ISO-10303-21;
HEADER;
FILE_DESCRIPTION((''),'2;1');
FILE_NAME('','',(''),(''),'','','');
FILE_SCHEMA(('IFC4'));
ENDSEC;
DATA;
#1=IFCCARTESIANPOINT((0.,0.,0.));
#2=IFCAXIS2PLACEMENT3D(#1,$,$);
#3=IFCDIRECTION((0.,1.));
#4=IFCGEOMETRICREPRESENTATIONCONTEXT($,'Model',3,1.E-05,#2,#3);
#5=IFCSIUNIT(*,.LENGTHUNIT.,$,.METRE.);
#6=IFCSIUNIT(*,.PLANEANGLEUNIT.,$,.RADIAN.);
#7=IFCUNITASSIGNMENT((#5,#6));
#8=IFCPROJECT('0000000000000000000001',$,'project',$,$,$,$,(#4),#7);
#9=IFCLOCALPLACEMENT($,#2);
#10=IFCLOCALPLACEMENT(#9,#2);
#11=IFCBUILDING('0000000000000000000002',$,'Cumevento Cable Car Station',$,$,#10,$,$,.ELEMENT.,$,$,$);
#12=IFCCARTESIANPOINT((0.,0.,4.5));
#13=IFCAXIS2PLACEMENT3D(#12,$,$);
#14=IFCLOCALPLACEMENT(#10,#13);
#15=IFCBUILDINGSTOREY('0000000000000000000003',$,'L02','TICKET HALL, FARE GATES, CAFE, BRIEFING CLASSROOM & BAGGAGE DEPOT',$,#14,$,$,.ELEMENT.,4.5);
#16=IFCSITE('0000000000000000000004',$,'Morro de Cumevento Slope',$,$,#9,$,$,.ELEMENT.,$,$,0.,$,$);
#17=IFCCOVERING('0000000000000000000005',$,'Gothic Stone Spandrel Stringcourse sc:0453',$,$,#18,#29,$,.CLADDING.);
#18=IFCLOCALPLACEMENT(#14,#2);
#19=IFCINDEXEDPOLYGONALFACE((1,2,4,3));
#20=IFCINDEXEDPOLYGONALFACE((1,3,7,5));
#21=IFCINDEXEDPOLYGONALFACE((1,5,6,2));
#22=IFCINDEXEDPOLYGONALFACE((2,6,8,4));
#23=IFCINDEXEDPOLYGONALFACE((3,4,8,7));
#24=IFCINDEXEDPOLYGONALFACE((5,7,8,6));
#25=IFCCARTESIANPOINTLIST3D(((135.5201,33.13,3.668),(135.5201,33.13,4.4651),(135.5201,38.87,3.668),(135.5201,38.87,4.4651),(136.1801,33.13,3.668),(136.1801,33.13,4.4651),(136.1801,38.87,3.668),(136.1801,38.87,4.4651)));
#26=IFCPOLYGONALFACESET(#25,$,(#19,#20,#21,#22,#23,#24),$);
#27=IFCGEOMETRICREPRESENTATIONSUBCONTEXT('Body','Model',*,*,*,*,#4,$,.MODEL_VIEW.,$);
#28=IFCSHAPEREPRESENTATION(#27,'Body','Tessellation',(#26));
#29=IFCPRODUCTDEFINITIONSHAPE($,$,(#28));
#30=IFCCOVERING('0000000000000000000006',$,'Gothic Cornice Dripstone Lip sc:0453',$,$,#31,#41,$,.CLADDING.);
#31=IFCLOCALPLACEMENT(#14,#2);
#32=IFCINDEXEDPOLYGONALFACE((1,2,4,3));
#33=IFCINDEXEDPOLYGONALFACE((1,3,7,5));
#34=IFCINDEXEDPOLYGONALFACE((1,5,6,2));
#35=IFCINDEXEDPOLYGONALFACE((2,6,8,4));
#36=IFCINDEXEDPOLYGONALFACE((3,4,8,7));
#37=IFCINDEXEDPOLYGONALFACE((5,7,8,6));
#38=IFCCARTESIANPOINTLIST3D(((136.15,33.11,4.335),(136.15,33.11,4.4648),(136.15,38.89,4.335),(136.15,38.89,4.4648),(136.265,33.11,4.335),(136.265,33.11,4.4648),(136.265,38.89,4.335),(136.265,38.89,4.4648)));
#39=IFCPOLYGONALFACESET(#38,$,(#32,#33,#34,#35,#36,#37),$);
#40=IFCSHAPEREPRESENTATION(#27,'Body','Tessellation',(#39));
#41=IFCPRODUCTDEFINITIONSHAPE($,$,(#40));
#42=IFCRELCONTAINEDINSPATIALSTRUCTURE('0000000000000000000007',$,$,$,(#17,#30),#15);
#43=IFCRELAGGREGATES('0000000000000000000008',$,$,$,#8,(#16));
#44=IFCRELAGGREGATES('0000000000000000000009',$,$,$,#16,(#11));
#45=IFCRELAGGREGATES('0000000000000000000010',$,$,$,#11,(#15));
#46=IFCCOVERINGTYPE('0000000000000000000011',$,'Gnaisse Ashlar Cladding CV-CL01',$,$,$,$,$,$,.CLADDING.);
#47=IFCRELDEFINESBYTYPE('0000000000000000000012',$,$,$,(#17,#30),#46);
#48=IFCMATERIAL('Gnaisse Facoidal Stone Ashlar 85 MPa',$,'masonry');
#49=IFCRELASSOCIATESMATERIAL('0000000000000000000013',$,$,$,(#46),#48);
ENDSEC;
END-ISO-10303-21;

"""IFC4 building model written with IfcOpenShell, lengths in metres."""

from ifc_helpers import new_model, si_unit, direction, frame, origin, origin_2d, place, context, subcontext, project, spatial, rectangle, extrude, material, type_object, element, save


model = new_model("IFC4")

# Units and contexts
model_context = context("Model", 3, precision=1e-05, world=origin(), true_north=direction((0.0, 1.0)))
body_context = subcontext(model_context, "Body", "Model", "MODEL_VIEW")
ifc_project = project(units=[si_unit("LENGTHUNIT", "METRE"), si_unit("PLANEANGLEUNIT", "RADIAN")], contexts=[model_context])

# Site, building, storey
site_placement = place(None, origin())
site = spatial("IfcSite", under=ifc_project, at=site_placement, Name="Morro de Cumevento Slope", CompositionType="ELEMENT", RefElevation=0.0)
building_placement = place(site_placement, origin())
building = spatial("IfcBuilding", under=site, at=building_placement, Name="Cumevento Cable Car Station", CompositionType="ELEMENT")
storey_placement = place(building_placement, frame((0.0, 0.0, 4.5)))
storey = spatial("IfcBuildingStorey", under=building, at=storey_placement, Name="L02", Description="TICKET HALL, FARE GATES, CAFE, BRIEFING CLASSROOM & BAGGAGE DEPOT", CompositionType="ELEMENT", Elevation=4.5)

# Coverings
ifc_material_1 = material(Name="Gnaisse Facoidal Stone Ashlar 85 MPa", Category="masonry")
covering_type = type_object("IfcCoveringType", Name="Gnaisse Ashlar Cladding CV-CL01", PredefinedType="CLADDING", material=ifc_material_1)
covering_1_placement = place(storey_placement, frame((135.8501, 36.0, 3.668), z_axis=(0.0, 0.0, 1.0), x_axis=(0.0, -1.0, 0.0)))
element("IfcCovering", 1, at=covering_1_placement, inside=storey, type_object=covering_type, Name="Gothic Stone Spandrel Stringcourse sc:0453", PredefinedType="CLADDING", context=body_context, shape_type="SweptSolid", body=[
    extrude(rectangle(XDim=5.74, YDim=0.6599, at=origin_2d()), origin(), (0.0, 0.0, 1.0), 0.7971),
])
covering_2_placement = place(storey_placement, frame((136.2075, 36.0, 4.335), z_axis=(0.0, 0.0, 1.0), x_axis=(0.0, -1.0, 0.0)))
element("IfcCovering", 2, at=covering_2_placement, inside=storey, type_object=covering_type, Name="Gothic Cornice Dripstone Lip sc:0453", PredefinedType="CLADDING", context=body_context, shape_type="SweptSolid", body=[
    extrude(rectangle(XDim=5.78, YDim=0.115, at=origin_2d()), origin(), (0.0, 0.0, 1.0), 0.1299),
])

save(model, "model.ifc")
